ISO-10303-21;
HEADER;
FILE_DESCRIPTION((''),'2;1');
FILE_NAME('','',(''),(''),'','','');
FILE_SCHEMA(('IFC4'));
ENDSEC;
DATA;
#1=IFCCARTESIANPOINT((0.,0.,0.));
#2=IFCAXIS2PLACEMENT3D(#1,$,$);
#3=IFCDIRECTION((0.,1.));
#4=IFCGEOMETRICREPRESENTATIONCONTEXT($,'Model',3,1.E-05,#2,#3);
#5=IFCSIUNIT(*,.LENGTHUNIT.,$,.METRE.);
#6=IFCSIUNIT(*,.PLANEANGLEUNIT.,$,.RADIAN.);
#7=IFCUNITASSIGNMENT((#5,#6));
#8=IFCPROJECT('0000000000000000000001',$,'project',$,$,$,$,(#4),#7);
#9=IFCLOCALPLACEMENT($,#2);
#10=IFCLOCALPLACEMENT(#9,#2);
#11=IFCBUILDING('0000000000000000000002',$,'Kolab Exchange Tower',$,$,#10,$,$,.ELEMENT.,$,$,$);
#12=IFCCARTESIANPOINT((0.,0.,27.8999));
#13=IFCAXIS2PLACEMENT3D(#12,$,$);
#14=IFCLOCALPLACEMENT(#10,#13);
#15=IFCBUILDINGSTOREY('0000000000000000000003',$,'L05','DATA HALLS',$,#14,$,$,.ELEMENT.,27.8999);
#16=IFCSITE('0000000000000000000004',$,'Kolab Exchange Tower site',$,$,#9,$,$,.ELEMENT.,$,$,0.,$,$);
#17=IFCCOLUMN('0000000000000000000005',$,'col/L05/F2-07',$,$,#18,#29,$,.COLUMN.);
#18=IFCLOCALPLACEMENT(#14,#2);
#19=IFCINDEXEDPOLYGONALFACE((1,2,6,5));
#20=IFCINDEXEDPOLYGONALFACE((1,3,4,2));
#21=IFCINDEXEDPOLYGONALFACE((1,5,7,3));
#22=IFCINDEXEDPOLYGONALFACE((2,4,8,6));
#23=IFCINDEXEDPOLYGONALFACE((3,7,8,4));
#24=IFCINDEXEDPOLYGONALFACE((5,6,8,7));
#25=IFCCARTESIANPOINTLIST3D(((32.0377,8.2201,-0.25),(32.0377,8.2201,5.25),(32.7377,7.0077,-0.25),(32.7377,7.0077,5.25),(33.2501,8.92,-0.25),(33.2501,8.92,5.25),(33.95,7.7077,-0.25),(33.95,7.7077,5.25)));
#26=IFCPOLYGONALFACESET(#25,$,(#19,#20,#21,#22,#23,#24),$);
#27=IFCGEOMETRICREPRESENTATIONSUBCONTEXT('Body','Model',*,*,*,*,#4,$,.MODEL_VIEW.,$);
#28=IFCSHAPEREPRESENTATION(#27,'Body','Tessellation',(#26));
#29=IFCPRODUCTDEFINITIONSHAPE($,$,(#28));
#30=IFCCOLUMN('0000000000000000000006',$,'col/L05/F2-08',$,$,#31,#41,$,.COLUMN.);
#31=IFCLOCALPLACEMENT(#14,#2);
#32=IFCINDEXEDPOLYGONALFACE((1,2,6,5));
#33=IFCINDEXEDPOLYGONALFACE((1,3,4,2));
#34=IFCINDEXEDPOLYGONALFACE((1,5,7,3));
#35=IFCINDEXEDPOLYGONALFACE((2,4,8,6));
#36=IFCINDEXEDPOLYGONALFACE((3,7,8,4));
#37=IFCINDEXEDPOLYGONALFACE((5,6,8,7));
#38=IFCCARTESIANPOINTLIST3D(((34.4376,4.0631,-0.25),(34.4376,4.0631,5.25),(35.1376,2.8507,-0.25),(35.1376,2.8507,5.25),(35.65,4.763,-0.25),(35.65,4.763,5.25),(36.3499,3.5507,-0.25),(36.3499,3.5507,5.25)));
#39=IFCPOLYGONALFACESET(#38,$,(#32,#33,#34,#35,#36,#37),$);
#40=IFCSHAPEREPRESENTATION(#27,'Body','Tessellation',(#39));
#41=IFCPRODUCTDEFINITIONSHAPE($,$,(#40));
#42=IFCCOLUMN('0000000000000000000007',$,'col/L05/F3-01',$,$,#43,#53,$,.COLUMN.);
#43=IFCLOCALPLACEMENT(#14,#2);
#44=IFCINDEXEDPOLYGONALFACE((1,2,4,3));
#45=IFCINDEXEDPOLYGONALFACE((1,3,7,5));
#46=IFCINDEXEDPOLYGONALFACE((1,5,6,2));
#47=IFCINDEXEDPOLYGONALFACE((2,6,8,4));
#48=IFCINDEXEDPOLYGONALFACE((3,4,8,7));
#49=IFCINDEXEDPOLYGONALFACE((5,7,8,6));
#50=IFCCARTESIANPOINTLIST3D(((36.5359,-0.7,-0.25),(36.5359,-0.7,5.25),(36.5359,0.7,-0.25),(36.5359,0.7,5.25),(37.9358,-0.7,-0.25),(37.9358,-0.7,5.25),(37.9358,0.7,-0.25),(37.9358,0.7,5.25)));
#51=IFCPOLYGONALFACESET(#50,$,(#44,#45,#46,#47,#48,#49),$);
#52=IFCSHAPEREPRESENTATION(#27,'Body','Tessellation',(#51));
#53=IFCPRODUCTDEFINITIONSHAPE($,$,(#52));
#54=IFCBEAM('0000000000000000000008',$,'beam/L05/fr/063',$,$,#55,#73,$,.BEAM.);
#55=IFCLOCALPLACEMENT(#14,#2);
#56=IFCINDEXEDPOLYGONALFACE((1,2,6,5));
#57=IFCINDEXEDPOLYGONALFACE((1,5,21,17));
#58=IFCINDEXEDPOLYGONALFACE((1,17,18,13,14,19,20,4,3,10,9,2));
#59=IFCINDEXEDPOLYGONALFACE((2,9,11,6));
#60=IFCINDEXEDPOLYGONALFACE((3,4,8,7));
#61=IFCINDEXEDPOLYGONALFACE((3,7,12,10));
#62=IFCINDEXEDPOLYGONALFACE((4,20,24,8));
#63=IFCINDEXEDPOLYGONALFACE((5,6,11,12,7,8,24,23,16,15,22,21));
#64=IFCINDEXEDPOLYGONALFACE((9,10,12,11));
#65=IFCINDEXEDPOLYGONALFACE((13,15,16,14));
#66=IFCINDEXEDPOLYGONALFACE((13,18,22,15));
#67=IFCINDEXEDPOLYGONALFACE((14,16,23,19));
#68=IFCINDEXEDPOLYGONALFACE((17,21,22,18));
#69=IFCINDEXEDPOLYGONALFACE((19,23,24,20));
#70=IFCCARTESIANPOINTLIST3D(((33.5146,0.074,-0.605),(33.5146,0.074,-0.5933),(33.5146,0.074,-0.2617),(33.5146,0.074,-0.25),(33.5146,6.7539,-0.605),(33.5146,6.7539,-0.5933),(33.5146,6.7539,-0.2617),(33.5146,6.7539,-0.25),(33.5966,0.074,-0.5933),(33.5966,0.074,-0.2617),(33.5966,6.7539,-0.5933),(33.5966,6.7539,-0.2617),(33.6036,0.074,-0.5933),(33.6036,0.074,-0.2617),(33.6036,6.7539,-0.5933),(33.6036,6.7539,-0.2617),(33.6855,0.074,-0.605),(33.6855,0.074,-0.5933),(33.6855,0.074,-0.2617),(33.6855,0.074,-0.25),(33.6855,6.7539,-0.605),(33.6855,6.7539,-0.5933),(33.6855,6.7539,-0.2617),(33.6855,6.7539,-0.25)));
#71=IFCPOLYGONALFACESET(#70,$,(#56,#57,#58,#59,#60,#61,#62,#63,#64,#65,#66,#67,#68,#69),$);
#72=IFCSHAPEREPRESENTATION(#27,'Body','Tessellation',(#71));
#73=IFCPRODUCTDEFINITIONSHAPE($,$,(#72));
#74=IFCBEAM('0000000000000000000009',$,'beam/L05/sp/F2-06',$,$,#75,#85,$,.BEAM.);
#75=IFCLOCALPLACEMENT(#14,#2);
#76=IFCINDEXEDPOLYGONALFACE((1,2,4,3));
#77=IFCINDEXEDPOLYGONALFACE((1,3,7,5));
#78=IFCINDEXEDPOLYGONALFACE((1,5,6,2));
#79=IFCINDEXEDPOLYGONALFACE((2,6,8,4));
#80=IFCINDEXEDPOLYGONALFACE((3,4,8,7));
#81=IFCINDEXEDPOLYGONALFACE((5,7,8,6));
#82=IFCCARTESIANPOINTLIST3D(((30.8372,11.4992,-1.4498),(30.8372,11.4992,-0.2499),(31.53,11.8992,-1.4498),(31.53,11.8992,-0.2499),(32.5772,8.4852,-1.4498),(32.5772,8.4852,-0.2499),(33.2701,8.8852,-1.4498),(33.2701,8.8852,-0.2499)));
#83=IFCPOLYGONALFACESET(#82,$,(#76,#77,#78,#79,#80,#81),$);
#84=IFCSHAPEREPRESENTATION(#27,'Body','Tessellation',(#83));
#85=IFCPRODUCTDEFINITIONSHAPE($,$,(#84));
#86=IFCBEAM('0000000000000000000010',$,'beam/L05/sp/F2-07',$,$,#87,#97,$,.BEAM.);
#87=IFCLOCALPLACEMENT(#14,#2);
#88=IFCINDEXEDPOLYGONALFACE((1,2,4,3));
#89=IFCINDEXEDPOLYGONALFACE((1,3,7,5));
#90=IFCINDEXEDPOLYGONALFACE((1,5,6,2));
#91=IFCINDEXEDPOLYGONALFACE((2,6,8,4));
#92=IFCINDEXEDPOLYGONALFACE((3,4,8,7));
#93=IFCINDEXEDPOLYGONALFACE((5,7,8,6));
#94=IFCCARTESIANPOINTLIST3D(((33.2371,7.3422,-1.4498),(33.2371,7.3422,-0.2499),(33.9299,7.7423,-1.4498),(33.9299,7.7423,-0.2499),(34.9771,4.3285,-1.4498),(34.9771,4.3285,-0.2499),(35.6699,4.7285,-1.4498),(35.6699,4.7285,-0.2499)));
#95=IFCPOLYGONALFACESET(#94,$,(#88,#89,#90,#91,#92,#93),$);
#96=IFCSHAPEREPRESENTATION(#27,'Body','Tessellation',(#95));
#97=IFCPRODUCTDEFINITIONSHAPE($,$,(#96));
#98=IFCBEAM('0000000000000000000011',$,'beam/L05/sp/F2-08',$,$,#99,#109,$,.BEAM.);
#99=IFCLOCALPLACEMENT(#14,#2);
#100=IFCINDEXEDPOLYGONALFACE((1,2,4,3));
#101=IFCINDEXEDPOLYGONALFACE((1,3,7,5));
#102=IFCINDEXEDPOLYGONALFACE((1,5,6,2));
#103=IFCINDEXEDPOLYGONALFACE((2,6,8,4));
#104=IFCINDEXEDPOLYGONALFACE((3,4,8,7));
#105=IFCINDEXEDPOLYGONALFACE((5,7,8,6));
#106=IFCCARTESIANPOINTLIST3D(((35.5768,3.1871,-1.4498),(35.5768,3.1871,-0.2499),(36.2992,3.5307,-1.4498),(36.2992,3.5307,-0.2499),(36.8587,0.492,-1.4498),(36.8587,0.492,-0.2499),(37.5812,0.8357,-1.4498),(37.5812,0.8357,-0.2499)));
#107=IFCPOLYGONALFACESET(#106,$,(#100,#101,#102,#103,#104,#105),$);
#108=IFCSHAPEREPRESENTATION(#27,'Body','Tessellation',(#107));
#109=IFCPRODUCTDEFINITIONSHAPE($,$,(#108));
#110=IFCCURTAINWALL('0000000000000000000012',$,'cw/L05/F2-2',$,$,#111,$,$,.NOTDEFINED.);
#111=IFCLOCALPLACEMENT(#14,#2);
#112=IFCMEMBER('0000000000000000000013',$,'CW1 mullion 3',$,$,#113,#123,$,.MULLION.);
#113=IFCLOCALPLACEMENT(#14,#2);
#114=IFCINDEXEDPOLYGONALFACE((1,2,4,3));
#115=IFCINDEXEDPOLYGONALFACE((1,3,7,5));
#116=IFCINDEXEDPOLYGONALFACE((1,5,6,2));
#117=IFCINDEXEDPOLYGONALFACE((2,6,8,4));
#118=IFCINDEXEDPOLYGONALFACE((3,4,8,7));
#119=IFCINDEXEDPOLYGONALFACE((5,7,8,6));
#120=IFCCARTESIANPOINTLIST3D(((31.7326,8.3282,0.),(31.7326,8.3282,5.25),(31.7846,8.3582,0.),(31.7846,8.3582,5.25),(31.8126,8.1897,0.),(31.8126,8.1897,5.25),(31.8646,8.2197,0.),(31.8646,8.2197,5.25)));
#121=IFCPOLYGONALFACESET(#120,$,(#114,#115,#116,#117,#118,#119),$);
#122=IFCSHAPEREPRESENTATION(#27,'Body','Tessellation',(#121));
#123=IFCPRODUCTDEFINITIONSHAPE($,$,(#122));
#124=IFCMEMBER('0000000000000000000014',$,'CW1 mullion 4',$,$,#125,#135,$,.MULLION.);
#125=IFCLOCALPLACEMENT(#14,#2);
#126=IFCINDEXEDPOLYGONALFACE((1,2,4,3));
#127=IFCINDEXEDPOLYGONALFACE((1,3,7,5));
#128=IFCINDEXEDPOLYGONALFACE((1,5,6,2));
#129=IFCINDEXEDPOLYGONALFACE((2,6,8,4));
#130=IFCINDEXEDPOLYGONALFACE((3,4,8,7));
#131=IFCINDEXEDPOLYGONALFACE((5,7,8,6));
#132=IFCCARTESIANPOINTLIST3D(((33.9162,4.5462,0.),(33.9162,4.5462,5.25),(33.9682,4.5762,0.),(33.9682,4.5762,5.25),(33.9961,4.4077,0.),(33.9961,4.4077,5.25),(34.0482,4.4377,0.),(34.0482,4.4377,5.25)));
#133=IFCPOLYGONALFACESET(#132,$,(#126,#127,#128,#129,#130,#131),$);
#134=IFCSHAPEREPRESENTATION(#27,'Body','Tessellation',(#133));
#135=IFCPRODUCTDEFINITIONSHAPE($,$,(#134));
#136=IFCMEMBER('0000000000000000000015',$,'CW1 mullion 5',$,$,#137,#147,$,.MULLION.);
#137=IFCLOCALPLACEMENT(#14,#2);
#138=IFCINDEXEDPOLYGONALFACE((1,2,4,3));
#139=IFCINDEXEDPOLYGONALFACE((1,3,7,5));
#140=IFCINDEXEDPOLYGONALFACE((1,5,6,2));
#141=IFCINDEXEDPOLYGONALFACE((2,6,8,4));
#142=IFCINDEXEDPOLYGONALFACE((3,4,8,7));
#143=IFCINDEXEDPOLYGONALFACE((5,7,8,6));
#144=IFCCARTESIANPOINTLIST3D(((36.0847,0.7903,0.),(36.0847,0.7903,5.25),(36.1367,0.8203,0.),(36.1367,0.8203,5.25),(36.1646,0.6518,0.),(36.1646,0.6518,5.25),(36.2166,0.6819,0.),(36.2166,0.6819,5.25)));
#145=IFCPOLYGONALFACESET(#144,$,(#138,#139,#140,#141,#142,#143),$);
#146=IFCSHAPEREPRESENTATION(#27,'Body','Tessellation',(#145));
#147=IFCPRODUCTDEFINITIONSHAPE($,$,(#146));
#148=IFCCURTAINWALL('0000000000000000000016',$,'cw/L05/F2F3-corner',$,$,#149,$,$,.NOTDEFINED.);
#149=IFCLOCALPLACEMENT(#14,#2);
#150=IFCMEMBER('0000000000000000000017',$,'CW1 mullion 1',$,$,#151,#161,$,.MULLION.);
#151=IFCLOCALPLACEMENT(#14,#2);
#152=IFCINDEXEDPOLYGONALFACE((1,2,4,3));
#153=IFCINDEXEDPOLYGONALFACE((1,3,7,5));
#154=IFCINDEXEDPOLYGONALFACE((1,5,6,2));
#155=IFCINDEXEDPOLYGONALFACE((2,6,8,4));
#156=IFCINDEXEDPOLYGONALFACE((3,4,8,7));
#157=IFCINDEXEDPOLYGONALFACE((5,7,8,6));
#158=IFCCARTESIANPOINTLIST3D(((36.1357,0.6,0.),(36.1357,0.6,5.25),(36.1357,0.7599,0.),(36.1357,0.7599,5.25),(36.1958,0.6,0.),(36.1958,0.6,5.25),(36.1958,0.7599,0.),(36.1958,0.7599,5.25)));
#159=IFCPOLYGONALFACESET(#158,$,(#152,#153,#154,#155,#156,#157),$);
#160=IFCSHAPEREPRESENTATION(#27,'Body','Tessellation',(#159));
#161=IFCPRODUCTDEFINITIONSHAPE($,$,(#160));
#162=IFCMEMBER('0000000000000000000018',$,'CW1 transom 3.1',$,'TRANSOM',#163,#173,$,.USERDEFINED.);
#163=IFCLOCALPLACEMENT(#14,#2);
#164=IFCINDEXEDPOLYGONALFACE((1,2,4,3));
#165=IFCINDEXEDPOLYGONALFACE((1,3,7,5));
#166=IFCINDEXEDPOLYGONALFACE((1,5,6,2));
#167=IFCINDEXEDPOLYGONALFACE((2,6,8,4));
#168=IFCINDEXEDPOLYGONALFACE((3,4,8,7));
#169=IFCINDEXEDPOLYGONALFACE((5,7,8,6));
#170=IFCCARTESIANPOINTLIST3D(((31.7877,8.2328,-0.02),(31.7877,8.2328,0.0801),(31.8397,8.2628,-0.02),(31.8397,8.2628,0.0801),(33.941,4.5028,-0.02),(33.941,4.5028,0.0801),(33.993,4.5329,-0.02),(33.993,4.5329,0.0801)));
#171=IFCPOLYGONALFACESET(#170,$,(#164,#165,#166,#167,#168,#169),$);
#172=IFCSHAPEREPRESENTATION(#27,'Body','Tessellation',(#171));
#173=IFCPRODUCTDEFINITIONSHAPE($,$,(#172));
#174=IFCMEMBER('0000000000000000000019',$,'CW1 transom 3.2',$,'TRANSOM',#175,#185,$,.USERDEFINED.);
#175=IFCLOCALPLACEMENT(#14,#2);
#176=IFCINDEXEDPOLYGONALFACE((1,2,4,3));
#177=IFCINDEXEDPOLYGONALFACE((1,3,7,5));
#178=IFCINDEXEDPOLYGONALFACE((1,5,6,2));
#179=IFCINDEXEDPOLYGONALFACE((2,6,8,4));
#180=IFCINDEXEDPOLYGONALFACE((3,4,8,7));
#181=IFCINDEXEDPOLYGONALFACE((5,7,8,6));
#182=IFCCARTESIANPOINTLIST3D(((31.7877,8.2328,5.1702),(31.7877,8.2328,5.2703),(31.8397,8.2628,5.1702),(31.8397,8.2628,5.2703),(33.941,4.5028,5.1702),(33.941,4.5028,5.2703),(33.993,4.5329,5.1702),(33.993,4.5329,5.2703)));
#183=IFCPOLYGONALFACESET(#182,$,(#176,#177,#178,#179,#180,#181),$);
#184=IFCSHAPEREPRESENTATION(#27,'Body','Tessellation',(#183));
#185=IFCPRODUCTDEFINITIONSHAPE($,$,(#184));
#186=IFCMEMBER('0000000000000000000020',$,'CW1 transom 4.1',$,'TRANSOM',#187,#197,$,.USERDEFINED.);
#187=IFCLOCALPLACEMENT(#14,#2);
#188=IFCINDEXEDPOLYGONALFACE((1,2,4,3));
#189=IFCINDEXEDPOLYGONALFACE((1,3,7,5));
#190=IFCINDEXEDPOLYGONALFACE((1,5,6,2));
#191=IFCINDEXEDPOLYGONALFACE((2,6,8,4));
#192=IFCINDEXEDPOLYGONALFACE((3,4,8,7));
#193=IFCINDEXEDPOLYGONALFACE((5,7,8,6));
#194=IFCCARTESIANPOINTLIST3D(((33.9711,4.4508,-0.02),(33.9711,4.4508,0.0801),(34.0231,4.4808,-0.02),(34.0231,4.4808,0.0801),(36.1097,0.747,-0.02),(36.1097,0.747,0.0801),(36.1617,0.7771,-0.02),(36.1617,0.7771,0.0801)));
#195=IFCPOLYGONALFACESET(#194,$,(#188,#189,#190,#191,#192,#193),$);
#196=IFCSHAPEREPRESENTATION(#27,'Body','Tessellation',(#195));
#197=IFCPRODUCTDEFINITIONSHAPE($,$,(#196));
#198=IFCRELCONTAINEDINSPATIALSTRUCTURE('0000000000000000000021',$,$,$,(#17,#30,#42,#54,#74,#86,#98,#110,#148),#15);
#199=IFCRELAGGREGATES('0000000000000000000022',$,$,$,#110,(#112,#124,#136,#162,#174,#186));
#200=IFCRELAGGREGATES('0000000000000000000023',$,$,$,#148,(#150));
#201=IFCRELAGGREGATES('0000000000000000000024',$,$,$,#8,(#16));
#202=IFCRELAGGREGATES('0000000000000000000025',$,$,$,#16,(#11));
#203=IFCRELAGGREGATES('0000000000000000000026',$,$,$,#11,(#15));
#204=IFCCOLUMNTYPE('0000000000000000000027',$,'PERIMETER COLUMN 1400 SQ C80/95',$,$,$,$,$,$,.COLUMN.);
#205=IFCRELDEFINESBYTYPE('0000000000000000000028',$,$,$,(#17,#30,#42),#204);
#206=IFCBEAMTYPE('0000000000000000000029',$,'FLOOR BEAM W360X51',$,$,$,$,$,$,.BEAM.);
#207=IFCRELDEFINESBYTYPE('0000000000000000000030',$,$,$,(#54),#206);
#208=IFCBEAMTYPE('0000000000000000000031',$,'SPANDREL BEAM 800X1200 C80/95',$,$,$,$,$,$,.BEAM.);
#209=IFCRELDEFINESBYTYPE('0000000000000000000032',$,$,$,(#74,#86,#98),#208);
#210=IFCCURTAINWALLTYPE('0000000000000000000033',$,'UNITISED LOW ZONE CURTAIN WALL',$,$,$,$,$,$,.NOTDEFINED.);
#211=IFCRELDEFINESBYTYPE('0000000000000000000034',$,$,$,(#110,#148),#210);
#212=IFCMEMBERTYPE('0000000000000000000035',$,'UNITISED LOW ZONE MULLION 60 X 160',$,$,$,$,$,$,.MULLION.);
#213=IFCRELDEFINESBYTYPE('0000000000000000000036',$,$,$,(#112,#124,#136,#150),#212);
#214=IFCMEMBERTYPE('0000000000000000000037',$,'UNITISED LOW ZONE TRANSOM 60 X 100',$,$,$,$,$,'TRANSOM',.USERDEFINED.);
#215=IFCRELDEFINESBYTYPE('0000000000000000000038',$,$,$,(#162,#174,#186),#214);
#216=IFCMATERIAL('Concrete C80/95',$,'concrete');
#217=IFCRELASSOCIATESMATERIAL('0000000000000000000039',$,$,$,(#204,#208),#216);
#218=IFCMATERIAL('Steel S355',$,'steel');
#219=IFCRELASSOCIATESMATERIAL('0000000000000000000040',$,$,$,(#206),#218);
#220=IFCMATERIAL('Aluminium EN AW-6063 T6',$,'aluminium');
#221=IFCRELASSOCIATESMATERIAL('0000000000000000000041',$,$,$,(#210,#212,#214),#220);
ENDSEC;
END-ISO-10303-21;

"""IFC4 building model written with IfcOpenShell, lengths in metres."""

from ifc_helpers import new_model, si_unit, direction, frame, origin, origin_2d, place, context, subcontext, project, spatial, rectangle, i_section, extrude, material, material_profile, profile_set, type_object, element, aggregate, save


model = new_model("IFC4")

# Units and contexts
model_context = context("Model", 3, precision=1e-05, world=origin(), true_north=direction((0.0, 1.0)))
body_context = subcontext(model_context, "Body", "Model", "MODEL_VIEW")
ifc_project = project(units=[si_unit("LENGTHUNIT", "METRE"), si_unit("PLANEANGLEUNIT", "RADIAN")], contexts=[model_context])

# Site, building, storey
site_placement = place(None, origin())
site = spatial("IfcSite", under=ifc_project, at=site_placement, Name="Kolab Exchange Tower site", CompositionType="ELEMENT", RefElevation=0.0)
building_placement = place(site_placement, origin())
building = spatial("IfcBuilding", under=site, at=building_placement, Name="Kolab Exchange Tower", CompositionType="ELEMENT")
storey_placement = place(building_placement, frame((0.0, 0.0, 27.8999)))
storey = spatial("IfcBuildingStorey", under=building, at=storey_placement, Name="L05", Description="DATA HALLS", CompositionType="ELEMENT", Elevation=27.8999)

# Columns
ifc_material_1 = material(Name="Concrete C80/95", Category="concrete")
ifc_material_profile_1 = material_profile(ifc_material_1, rectangle(XDim=1.3999, YDim=1.3999, at=origin_2d()), Name="RC1400")
ifc_profile_set_1 = profile_set([ifc_material_profile_1], Name="Concrete C80/95")
column_type = type_object("IfcColumnType", Name="PERIMETER COLUMN 1400 SQ C80/95", PredefinedType="COLUMN", material=ifc_profile_set_1)
for number, where, z_axis, x_axis, name in (
    (1, (32.9939, 7.9639, -0.25), (0.0, 0.0, 1.0), (0.866025, 0.5, 0.0), "col/L05/F2-07"),
    (2, (35.3938, 3.8069, -0.25), (0.0, 0.0, 1.0), (0.866025, 0.5, 0.0), "col/L05/F2-08"),
    (3, (37.2358, 0.0, -0.25), (0.0, 0.0, 1.0), (1.0, 0.0, 0.0), "col/L05/F3-01"),
):
    element("IfcColumn", number, at=place(storey_placement, frame(where, z_axis=z_axis, x_axis=x_axis)), inside=storey, type_object=column_type, Name=name, PredefinedType="COLUMN", context=body_context, shape_type="SweptSolid", body=[
        extrude(rectangle(XDim=1.3999, YDim=1.3999, at=origin_2d()), origin(), (0.0, 0.0, 1.0), 5.5),
    ])

# Beams
ifc_material_2 = material(Name="Steel S355", Category="steel")
ifc_material_profile_2 = material_profile(ifc_material_2, i_section(OverallWidth=0.1709, OverallDepth=0.355, WebThickness=0.0071, FlangeThickness=0.0117, at=origin_2d()), Name="W360X51")
ifc_profile_set_2 = profile_set([ifc_material_profile_2], Name="Steel S355")
beam_type_1 = type_object("IfcBeamType", Name="FLOOR BEAM W360X51", PredefinedType="BEAM", material=ifc_profile_set_2)
beam_1_placement = place(storey_placement, frame((33.6001, 0.074, -0.4275), z_axis=(0.0, 1.0, 0.0), x_axis=(-1.0, 0.0, 0.0)))
element("IfcBeam", 4, at=beam_1_placement, inside=storey, type_object=beam_type_1, Name="beam/L05/fr/063", PredefinedType="BEAM", context=body_context, shape_type="SweptSolid", body=[
    extrude(i_section(OverallWidth=0.1709, OverallDepth=0.355, WebThickness=0.0071, FlangeThickness=0.0117, at=origin_2d()), origin(), (0.0, 0.0, 1.0), 6.6799),
])
ifc_material_profile_3 = material_profile(ifc_material_1, rectangle(XDim=0.8, YDim=1.2, at=origin_2d()), Name="RC800X1200")
ifc_profile_set_3 = profile_set([ifc_material_profile_3], Name="Concrete C80/95")
beam_type_2 = type_object("IfcBeamType", Name="SPANDREL BEAM 800X1200 C80/95", PredefinedType="BEAM", material=ifc_profile_set_3)
beam_2_placement = place(storey_placement, frame((31.1836, 11.6992, -0.8499), z_axis=(0.49998, -0.866037, 0.0), x_axis=(0.866037, 0.49998, 0.0)))
element("IfcBeam", 5, at=beam_2_placement, inside=storey, type_object=beam_type_2, Name="beam/L05/sp/F2-06", PredefinedType="BEAM", context=body_context, shape_type="SweptSolid", body=[
    extrude(rectangle(XDim=0.8, YDim=1.2, at=origin_2d()), origin(), (0.0, 0.0, 1.0), 3.4802),
])
beam_3_placement = place(storey_placement, frame((33.5835, 7.5422, -0.8499), z_axis=(0.50001, -0.86602, 0.0), x_axis=(0.86602, 0.50001, 0.0)))
element("IfcBeam", 6, at=beam_3_placement, inside=storey, type_object=beam_type_2, Name="beam/L05/sp/F2-07", PredefinedType="BEAM", context=body_context, shape_type="SweptSolid", body=[
    extrude(rectangle(XDim=0.8, YDim=1.2, at=origin_2d()), origin(), (0.0, 0.0, 1.0), 3.48),
])
beam_4_placement = place(storey_placement, frame((35.938, 3.3589, -0.8499), z_axis=(0.429556, -0.90304, 0.0), x_axis=(0.90304, 0.429556, 0.0)))
element("IfcBeam", 7, at=beam_4_placement, inside=storey, type_object=beam_type_2, Name="beam/L05/sp/F2-08", PredefinedType="BEAM", context=body_context, shape_type="SweptSolid", body=[
    extrude(rectangle(XDim=0.8, YDim=1.2, at=origin_2d()), origin(), (0.0, 0.0, 1.0), 2.9844),
])

# Curtain wall, members
ifc_material_3 = material(Name="Aluminium EN AW-6063 T6", Category="aluminium")
curtain_wall_type = type_object("IfcCurtainWallType", Name="UNITISED LOW ZONE CURTAIN WALL", PredefinedType="NOTDEFINED", material=ifc_material_3)
curtain_wall_1_placement = place(storey_placement, origin())
curtain_wall_1 = element("IfcCurtainWall", 8, at=curtain_wall_1_placement, inside=storey, type_object=curtain_wall_type, Name="cw/L05/F2-2", PredefinedType="NOTDEFINED")
ifc_material_profile_4 = material_profile(ifc_material_3, rectangle(XDim=0.0601, YDim=0.1599, at=origin_2d()), Name="RECT 60X160")
ifc_profile_set_4 = profile_set([ifc_material_profile_4], Name="Aluminium EN AW-6063 T6")
member_type_1 = type_object("IfcMemberType", Name="UNITISED LOW ZONE MULLION 60 X 160", PredefinedType="MULLION", material=ifc_profile_set_4)
member_1_placement = place(storey_placement, frame((31.7986, 8.2739, 0.0), z_axis=(0.0, 0.0, 1.0), x_axis=(0.866025, 0.5, 0.0)))
member_1 = element("IfcMember", 9, at=member_1_placement, type_object=member_type_1, Name="CW1 mullion 3", PredefinedType="MULLION", context=body_context, shape_type="SweptSolid", body=[
    extrude(rectangle(XDim=0.0601, YDim=0.1599, at=origin_2d()), origin(), (0.0, 0.0, 1.0), 5.25),
])
member_2_placement = place(storey_placement, frame((33.9822, 4.4919, 0.0), z_axis=(0.0, 0.0, 1.0), x_axis=(0.866025, 0.5, 0.0)))
member_2 = element("IfcMember", 10, at=member_2_placement, type_object=member_type_1, Name="CW1 mullion 4", PredefinedType="MULLION", context=body_context, shape_type="SweptSolid", body=[
    extrude(rectangle(XDim=0.0601, YDim=0.1599, at=origin_2d()), origin(), (0.0, 0.0, 1.0), 5.25),
])
member_3_placement = place(storey_placement, frame((36.1506, 0.7361, 0.0), z_axis=(0.0, 0.0, 1.0), x_axis=(0.866025, 0.5, 0.0)))
member_3 = element("IfcMember", 11, at=member_3_placement, type_object=member_type_1, Name="CW1 mullion 5", PredefinedType="MULLION", context=body_context, shape_type="SweptSolid", body=[
    extrude(rectangle(XDim=0.0601, YDim=0.1599, at=origin_2d()), origin(), (0.0, 0.0, 1.0), 5.25),
])

# Curtain wall, member
curtain_wall_2_placement = place(storey_placement, origin())
curtain_wall_2 = element("IfcCurtainWall", 12, at=curtain_wall_2_placement, inside=storey, type_object=curtain_wall_type, Name="cw/L05/F2F3-corner", PredefinedType="NOTDEFINED")
member_4_placement = place(storey_placement, frame((36.1658, 0.6799, 0.0), z_axis=(0.0, 0.0, 1.0), x_axis=(1.0, 0.0, 0.0)))
member_4 = element("IfcMember", 13, at=member_4_placement, type_object=member_type_1, Name="CW1 mullion 1", PredefinedType="MULLION", context=body_context, shape_type="SweptSolid", body=[
    extrude(rectangle(XDim=0.0601, YDim=0.1599, at=origin_2d()), origin(), (0.0, 0.0, 1.0), 5.25),
])

# Members
ifc_material_profile_5 = material_profile(ifc_material_3, rectangle(XDim=0.0601, YDim=0.1001, at=origin_2d()), Name="RECT 60X100")
ifc_profile_set_5 = profile_set([ifc_material_profile_5], Name="Aluminium EN AW-6063 T6")
member_type_2 = type_object("IfcMemberType", Name="UNITISED LOW ZONE TRANSOM 60 X 100", ElementType="TRANSOM", PredefinedType="USERDEFINED", material=ifc_profile_set_5)
member_5_placement = place(storey_placement, frame((31.8137, 8.2478, 0.03), z_axis=(0.499968, -0.866044, 0.0), x_axis=(0.866044, 0.499968, 0.0)))
member_5 = element("IfcMember", 14, at=member_5_placement, type_object=member_type_2, Name="CW1 transom 3.1", ObjectType="TRANSOM", PredefinedType="USERDEFINED", context=body_context, shape_type="SweptSolid", body=[
    extrude(rectangle(XDim=0.0601, YDim=0.1001, at=origin_2d()), origin(), (0.0, 0.0, 1.0), 4.3069),
])
member_6_placement = place(storey_placement, frame((31.8137, 8.2478, 5.2202), z_axis=(0.499968, -0.866044, 0.0), x_axis=(0.866044, 0.499968, 0.0)))
member_6 = element("IfcMember", 15, at=member_6_placement, type_object=member_type_2, Name="CW1 transom 3.2", ObjectType="TRANSOM", PredefinedType="USERDEFINED", context=body_context, shape_type="SweptSolid", body=[
    extrude(rectangle(XDim=0.0601, YDim=0.1001, at=origin_2d()), origin(), (0.0, 0.0, 1.0), 4.3069),
])
member_7_placement = place(storey_placement, frame((33.9971, 4.4658, 0.03), z_axis=(0.500044, -0.866, 0.0), x_axis=(0.866, 0.500044, 0.0)))
member_7 = element("IfcMember", 16, at=member_7_placement, type_object=member_type_2, Name="CW1 transom 4.1", ObjectType="TRANSOM", PredefinedType="USERDEFINED", context=body_context, shape_type="SweptSolid", body=[
    extrude(rectangle(XDim=0.0601, YDim=0.1001, at=origin_2d()), origin(), (0.0, 0.0, 1.0), 4.2769),
])

aggregate(curtain_wall_1, [member_1, member_2, member_3, member_5, member_6, member_7])
aggregate(curtain_wall_2, [member_4])

save(model, "model.ifc")
